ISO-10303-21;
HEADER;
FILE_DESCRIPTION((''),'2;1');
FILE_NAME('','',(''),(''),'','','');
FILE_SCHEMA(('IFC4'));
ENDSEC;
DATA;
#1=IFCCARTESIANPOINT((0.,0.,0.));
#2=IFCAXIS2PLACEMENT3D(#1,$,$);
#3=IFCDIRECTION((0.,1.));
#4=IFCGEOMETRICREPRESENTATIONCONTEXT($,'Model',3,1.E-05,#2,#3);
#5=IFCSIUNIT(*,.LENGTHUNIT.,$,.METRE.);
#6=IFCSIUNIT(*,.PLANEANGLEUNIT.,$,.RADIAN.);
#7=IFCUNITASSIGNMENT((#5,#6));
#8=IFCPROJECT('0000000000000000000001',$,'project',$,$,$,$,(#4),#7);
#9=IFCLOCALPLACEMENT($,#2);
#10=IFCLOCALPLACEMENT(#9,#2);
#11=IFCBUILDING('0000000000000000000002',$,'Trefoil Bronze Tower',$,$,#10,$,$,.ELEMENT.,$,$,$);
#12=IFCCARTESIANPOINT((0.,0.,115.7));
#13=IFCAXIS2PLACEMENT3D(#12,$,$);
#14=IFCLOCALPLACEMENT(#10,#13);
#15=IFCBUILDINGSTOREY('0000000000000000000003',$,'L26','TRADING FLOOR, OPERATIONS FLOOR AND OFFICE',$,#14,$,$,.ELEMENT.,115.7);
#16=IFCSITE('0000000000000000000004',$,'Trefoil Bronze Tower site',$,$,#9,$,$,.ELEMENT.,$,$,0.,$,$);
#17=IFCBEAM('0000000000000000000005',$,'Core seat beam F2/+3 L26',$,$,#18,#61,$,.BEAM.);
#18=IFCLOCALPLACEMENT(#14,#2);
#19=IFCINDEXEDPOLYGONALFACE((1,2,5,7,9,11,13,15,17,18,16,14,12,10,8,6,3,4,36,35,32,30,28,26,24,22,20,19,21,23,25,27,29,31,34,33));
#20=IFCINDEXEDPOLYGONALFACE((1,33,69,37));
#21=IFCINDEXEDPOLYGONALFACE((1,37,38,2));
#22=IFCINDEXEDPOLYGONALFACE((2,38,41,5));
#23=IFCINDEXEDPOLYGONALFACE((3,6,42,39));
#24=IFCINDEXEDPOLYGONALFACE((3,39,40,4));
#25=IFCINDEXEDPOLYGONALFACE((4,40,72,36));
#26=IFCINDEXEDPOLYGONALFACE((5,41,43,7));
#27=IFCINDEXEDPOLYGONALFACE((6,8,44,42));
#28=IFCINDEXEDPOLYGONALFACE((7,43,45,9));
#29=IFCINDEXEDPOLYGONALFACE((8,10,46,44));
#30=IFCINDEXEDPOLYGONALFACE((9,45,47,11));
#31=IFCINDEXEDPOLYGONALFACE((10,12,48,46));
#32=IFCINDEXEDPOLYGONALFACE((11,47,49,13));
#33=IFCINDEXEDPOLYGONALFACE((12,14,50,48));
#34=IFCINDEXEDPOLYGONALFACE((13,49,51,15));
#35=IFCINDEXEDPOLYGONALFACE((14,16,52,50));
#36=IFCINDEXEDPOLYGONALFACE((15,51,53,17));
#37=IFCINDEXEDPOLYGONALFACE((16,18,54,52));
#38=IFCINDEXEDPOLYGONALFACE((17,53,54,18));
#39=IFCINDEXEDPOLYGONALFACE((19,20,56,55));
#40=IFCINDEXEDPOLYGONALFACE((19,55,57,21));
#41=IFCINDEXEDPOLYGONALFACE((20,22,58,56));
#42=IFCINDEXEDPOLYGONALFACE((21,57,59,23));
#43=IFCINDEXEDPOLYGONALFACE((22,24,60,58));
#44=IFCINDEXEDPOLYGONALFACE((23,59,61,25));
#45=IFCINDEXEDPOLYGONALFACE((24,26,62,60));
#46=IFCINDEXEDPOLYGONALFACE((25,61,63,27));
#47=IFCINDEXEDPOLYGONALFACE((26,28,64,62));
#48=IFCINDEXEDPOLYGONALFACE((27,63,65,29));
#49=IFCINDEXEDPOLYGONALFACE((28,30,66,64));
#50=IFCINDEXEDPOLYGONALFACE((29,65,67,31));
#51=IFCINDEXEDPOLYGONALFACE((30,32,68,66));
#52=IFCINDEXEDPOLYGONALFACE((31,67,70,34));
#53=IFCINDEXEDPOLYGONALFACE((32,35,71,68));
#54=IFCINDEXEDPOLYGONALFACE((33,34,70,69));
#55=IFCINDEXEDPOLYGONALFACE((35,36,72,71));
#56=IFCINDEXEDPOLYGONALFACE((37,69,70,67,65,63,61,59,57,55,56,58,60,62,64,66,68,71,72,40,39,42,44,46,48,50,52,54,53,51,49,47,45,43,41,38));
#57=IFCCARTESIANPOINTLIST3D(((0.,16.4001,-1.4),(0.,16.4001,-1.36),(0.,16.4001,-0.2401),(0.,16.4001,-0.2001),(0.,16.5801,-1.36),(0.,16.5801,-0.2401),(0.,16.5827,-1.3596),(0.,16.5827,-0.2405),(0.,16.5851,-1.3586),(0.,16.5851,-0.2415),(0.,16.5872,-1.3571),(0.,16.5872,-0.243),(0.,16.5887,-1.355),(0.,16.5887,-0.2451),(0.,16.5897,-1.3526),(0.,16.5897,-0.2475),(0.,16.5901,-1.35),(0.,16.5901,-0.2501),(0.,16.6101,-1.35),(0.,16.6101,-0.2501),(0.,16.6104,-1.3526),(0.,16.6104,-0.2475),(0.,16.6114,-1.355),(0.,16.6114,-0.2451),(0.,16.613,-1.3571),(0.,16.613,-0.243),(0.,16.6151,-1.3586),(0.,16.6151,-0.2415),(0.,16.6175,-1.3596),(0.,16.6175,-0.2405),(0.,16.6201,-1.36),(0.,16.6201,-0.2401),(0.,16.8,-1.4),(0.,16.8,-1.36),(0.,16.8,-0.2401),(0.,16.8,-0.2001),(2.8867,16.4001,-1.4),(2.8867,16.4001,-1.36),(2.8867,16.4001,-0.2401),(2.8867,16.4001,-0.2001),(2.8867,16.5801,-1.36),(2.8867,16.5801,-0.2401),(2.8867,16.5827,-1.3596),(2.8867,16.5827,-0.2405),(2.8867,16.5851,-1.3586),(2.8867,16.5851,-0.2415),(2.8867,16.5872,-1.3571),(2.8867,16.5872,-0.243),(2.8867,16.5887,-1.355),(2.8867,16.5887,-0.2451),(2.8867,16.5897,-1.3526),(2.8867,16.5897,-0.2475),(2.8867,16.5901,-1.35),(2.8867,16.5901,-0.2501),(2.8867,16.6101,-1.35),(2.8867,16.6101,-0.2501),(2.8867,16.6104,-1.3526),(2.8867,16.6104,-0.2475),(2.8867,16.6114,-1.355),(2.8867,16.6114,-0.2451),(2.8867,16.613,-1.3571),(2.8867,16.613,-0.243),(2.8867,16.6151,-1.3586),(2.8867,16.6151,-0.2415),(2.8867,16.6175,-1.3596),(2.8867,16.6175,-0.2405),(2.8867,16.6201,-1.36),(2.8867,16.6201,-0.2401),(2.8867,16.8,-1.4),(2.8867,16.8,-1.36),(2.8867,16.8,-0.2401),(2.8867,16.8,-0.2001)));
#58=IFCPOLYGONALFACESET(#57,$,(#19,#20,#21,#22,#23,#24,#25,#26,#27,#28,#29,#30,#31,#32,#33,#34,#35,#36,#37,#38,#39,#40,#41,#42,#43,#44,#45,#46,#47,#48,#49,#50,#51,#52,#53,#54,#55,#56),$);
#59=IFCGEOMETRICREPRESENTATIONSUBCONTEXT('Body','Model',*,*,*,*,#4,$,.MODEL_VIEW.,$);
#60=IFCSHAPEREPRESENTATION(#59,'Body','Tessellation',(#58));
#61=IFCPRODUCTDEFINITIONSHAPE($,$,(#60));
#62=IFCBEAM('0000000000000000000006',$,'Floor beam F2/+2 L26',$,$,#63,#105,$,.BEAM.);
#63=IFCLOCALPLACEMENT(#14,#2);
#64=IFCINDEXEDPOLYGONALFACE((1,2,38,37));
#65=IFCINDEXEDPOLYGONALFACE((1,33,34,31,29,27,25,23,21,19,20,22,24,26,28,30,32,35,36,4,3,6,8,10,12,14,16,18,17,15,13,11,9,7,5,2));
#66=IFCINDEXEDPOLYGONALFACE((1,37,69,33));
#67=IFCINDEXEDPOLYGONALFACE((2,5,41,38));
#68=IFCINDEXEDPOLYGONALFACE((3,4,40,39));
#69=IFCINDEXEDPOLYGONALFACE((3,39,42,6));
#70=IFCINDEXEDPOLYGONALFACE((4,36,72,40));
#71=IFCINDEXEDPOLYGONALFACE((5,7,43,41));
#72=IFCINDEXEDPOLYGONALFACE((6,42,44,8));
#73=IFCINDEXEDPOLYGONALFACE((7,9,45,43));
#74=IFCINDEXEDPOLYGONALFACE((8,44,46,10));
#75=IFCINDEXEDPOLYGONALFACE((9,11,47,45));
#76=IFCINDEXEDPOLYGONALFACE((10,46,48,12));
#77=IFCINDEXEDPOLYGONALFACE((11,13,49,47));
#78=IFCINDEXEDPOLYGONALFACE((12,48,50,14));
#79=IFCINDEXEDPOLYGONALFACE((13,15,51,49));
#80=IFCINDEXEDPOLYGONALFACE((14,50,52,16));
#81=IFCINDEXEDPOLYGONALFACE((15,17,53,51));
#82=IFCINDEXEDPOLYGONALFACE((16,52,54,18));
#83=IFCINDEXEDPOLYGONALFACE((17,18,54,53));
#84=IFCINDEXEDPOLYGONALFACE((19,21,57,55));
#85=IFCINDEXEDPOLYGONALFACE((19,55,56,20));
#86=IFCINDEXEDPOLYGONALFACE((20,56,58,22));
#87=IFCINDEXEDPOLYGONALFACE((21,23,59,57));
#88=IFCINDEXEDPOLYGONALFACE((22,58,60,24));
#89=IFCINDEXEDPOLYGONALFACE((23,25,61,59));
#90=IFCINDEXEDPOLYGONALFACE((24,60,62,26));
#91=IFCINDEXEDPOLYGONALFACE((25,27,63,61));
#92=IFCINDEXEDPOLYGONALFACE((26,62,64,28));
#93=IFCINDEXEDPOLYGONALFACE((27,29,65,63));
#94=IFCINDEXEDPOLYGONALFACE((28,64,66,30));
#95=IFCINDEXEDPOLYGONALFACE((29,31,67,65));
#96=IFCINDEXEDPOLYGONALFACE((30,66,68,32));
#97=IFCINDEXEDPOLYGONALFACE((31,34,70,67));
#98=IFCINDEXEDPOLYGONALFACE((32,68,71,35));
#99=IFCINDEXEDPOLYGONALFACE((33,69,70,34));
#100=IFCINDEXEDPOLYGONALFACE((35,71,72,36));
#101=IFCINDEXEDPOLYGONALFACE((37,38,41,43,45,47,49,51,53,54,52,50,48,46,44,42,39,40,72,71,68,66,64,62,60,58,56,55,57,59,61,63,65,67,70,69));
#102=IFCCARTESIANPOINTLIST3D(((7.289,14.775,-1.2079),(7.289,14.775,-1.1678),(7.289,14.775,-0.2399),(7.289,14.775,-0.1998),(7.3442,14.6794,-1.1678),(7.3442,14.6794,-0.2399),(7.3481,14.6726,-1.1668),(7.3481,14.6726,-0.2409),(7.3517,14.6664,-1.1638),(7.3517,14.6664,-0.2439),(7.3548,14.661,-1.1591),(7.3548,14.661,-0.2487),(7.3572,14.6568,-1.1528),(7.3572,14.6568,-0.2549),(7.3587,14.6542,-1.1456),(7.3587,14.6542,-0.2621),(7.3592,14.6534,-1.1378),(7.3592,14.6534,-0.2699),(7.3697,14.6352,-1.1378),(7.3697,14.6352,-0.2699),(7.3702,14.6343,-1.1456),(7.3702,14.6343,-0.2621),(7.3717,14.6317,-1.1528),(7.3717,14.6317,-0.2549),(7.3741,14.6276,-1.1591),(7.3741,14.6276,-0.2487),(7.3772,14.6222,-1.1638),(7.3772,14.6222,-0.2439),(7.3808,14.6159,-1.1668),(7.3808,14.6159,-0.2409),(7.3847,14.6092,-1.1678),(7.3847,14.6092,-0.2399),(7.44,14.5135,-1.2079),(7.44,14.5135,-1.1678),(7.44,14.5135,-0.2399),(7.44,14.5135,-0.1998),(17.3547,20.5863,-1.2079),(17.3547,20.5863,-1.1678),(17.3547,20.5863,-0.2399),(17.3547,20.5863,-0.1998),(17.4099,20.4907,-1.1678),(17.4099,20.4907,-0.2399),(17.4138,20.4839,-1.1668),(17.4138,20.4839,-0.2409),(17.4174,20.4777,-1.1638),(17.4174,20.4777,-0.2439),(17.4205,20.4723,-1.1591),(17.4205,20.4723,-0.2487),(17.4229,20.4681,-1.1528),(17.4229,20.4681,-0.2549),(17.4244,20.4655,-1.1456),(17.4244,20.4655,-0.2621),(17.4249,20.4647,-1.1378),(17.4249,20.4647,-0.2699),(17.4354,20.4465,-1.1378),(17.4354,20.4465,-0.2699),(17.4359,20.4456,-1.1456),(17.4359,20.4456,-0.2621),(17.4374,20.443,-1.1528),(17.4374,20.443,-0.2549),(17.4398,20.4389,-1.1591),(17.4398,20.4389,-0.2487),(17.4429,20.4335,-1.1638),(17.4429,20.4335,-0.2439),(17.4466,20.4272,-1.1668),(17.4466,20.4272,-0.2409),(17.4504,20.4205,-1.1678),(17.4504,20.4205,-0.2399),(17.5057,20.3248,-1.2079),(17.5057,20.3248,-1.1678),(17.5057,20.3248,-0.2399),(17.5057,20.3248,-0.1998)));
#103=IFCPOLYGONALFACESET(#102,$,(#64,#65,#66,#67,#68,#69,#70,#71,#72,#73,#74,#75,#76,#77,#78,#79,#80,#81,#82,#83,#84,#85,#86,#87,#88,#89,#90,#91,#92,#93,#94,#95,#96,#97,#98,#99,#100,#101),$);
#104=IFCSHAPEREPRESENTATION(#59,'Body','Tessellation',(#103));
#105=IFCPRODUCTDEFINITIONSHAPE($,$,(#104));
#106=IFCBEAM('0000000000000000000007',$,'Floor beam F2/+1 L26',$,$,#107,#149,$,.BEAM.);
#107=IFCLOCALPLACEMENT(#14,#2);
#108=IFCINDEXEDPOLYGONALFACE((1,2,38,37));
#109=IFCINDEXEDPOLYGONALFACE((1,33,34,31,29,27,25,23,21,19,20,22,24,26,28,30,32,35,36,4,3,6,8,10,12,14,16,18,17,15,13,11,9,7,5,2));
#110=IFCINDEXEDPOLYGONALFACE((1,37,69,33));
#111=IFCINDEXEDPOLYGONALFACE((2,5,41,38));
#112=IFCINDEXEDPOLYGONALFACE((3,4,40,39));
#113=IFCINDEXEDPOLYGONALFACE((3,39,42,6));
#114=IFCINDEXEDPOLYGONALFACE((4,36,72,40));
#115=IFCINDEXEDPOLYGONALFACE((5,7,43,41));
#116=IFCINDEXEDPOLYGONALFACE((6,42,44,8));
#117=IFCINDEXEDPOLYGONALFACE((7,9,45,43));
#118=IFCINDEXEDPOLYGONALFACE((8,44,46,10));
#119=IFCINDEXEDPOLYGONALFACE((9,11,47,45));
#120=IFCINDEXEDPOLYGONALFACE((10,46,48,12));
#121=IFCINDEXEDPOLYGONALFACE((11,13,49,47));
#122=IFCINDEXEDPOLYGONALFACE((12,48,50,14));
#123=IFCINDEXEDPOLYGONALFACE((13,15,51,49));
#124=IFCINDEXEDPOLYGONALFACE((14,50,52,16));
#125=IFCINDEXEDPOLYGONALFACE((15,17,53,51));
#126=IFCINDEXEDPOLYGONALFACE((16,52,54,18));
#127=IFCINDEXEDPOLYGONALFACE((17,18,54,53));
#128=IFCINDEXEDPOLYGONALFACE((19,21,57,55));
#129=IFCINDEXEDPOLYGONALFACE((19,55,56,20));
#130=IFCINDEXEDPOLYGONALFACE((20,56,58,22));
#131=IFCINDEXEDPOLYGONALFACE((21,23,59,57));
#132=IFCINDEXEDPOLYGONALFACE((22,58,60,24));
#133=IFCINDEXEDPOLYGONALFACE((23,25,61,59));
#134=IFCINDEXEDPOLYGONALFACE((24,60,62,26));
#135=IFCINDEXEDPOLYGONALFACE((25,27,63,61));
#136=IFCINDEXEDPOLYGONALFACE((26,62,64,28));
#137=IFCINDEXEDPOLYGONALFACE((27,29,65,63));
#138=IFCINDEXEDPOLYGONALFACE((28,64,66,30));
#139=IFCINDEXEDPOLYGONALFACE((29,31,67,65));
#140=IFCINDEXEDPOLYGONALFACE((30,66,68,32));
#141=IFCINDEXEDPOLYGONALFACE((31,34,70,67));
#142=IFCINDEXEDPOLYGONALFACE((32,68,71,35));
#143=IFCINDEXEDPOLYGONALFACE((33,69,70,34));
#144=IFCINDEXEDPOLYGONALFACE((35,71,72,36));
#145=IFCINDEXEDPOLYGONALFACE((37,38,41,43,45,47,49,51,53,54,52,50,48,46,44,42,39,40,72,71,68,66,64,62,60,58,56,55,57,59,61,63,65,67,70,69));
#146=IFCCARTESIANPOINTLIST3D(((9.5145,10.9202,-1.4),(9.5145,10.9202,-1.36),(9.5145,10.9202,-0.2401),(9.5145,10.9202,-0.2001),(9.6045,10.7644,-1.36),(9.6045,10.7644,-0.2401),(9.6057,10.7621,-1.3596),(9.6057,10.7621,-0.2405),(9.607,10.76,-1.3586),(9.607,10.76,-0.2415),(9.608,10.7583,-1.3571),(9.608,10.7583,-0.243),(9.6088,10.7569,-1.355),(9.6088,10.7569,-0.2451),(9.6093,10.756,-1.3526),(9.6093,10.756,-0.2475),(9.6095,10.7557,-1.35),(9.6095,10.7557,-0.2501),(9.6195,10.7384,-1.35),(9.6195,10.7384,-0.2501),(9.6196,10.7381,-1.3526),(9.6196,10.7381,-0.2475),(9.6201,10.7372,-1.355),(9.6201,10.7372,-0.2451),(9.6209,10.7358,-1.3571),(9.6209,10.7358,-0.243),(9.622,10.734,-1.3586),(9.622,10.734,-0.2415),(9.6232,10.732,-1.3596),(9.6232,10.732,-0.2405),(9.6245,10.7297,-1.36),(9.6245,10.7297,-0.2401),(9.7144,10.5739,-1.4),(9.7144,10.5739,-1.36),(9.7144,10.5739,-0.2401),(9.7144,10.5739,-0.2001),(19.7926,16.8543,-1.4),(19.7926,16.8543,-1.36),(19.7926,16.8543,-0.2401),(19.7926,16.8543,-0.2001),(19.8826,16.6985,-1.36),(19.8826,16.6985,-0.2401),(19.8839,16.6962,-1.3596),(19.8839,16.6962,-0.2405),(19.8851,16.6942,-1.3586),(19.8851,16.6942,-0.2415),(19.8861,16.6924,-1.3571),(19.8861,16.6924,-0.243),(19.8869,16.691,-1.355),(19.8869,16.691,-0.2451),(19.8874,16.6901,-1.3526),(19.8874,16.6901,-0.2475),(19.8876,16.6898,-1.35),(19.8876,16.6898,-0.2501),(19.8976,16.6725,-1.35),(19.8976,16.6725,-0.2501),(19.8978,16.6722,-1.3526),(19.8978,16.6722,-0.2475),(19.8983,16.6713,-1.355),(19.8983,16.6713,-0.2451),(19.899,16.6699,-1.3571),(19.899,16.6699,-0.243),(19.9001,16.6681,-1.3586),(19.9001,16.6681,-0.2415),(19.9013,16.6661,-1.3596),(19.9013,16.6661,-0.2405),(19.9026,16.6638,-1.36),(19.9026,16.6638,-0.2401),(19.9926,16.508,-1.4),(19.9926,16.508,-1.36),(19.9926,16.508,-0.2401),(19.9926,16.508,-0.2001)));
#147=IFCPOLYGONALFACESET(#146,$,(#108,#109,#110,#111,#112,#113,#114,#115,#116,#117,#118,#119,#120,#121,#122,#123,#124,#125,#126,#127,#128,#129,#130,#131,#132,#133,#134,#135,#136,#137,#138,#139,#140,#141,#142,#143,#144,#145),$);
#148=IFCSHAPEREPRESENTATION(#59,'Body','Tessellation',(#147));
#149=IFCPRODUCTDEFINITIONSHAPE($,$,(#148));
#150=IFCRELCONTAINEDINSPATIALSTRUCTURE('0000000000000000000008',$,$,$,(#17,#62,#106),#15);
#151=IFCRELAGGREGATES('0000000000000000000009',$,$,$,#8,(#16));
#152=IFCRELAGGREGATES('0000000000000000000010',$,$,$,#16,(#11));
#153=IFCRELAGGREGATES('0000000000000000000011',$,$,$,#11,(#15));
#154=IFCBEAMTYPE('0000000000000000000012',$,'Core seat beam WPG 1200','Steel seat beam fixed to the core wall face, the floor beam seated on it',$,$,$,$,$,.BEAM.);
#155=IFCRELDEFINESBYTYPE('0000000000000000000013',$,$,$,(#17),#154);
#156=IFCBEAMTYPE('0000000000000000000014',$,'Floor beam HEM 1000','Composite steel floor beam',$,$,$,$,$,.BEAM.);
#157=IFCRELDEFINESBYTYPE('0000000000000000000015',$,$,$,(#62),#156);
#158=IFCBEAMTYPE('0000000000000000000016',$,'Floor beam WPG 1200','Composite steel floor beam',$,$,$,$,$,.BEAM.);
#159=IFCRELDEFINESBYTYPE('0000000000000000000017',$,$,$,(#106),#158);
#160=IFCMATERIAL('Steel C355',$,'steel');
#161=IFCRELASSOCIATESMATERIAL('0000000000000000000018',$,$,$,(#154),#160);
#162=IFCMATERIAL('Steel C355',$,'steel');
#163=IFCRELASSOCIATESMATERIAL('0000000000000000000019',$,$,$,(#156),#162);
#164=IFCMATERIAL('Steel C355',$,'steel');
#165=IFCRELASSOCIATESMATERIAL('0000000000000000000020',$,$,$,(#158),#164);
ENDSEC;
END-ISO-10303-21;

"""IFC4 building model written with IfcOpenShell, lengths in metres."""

from ifc_helpers import new_model, si_unit, direction, frame, origin, origin_2d, place, context, subcontext, project, spatial, i_section, extrude, material, material_profile, profile_set, type_object, element, save


model = new_model("IFC4")

# Units and contexts
model_context = context("Model", 3, precision=1e-05, world=origin(), true_north=direction((0.0, 1.0)))
body_context = subcontext(model_context, "Body", "Model", "MODEL_VIEW")
ifc_project = project(units=[si_unit("LENGTHUNIT", "METRE"), si_unit("PLANEANGLEUNIT", "RADIAN")], contexts=[model_context])

# Site, building, storey
site_placement = place(None, origin())
site = spatial("IfcSite", under=ifc_project, at=site_placement, Name="Trefoil Bronze Tower site", CompositionType="ELEMENT", RefElevation=0.0)
building_placement = place(site_placement, origin())
building = spatial("IfcBuilding", under=site, at=building_placement, Name="Trefoil Bronze Tower", CompositionType="ELEMENT")
storey_placement = place(building_placement, frame((0.0, 0.0, 115.7)))
storey = spatial("IfcBuildingStorey", under=building, at=storey_placement, Name="L26", Description="TRADING FLOOR, OPERATIONS FLOOR AND OFFICE", CompositionType="ELEMENT", Elevation=115.7)

# Beams
ifc_material_1 = material(Name="Steel C355", Category="steel")
ifc_material_profile_1 = material_profile(ifc_material_1, i_section(OverallWidth=0.3999, OverallDepth=1.2, WebThickness=0.02, FlangeThickness=0.04, FilletRadius=0.01, at=origin_2d()), Name="WPG 1200")
ifc_profile_set_1 = profile_set([ifc_material_profile_1], Name="Steel C355")
beam_type_1 = type_object("IfcBeamType", Name="Core seat beam WPG 1200", Description="Steel seat beam fixed to the core wall face, the floor beam seated on it", PredefinedType="BEAM", material=ifc_profile_set_1)
beam_1_placement = place(storey_placement, frame((2.8867, 16.6001, -0.8), z_axis=(-1.0, 0.0, 0.0), x_axis=(0.0, -1.0, 0.0)))
element("IfcBeam", 1, at=beam_1_placement, inside=storey, type_object=beam_type_1, Name="Core seat beam F2/+3 L26", PredefinedType="BEAM", context=body_context, shape_type="SweptSolid", body=[
    extrude(i_section(OverallWidth=0.3999, OverallDepth=1.2, WebThickness=0.02, FlangeThickness=0.04, FilletRadius=0.01, at=origin_2d()), origin(), (0.0, 0.0, 1.0), 2.8867),
])
ifc_material_2 = material(Name="Steel C355", Category="steel")
ifc_material_profile_2 = material_profile(ifc_material_2, i_section(OverallWidth=0.302, OverallDepth=1.0081, WebThickness=0.021, FlangeThickness=0.04, FilletRadius=0.03, at=origin_2d()), Name="HEM 1000")
ifc_profile_set_2 = profile_set([ifc_material_profile_2], Name="Steel C355")
beam_type_2 = type_object("IfcBeamType", Name="Floor beam HEM 1000", Description="Composite steel floor beam", PredefinedType="BEAM", material=ifc_profile_set_2)
beam_2_placement = place(storey_placement, frame((17.4302, 20.4556, -0.7039), z_axis=(-0.866031, -0.499991, 0.0), x_axis=(0.499991, -0.866031, 0.0)))
element("IfcBeam", 2, at=beam_2_placement, inside=storey, type_object=beam_type_2, Name="Floor beam F2/+2 L26", PredefinedType="BEAM", context=body_context, shape_type="SweptSolid", body=[
    extrude(i_section(OverallWidth=0.302, OverallDepth=1.0081, WebThickness=0.021, FlangeThickness=0.04, FilletRadius=0.03, at=origin_2d()), origin(), (0.0, 0.0, 1.0), 11.6228),
])
ifc_material_3 = material(Name="Steel C355", Category="steel")
ifc_material_profile_3 = material_profile(ifc_material_3, i_section(OverallWidth=0.3999, OverallDepth=1.2, WebThickness=0.02, FlangeThickness=0.04, FilletRadius=0.01, at=origin_2d()), Name="WPG 1200")
ifc_profile_set_3 = profile_set([ifc_material_profile_3], Name="Steel C355")
beam_type_3 = type_object("IfcBeamType", Name="Floor beam WPG 1200", Description="Composite steel floor beam", PredefinedType="BEAM", material=ifc_profile_set_3)
beam_3_placement = place(storey_placement, frame((19.8926, 16.6812, -0.8), z_axis=(-0.866024, -0.500002, 0.0), x_axis=(0.500002, -0.866024, 0.0)))
element("IfcBeam", 3, at=beam_3_placement, inside=storey, type_object=beam_type_3, Name="Floor beam F2/+1 L26", PredefinedType="BEAM", context=body_context, shape_type="SweptSolid", body=[
    extrude(i_section(OverallWidth=0.3999, OverallDepth=1.2, WebThickness=0.02, FlangeThickness=0.04, FilletRadius=0.01, at=origin_2d()), origin(), (0.0, 0.0, 1.0), 11.8682),
])

save(model, "model.ifc")
